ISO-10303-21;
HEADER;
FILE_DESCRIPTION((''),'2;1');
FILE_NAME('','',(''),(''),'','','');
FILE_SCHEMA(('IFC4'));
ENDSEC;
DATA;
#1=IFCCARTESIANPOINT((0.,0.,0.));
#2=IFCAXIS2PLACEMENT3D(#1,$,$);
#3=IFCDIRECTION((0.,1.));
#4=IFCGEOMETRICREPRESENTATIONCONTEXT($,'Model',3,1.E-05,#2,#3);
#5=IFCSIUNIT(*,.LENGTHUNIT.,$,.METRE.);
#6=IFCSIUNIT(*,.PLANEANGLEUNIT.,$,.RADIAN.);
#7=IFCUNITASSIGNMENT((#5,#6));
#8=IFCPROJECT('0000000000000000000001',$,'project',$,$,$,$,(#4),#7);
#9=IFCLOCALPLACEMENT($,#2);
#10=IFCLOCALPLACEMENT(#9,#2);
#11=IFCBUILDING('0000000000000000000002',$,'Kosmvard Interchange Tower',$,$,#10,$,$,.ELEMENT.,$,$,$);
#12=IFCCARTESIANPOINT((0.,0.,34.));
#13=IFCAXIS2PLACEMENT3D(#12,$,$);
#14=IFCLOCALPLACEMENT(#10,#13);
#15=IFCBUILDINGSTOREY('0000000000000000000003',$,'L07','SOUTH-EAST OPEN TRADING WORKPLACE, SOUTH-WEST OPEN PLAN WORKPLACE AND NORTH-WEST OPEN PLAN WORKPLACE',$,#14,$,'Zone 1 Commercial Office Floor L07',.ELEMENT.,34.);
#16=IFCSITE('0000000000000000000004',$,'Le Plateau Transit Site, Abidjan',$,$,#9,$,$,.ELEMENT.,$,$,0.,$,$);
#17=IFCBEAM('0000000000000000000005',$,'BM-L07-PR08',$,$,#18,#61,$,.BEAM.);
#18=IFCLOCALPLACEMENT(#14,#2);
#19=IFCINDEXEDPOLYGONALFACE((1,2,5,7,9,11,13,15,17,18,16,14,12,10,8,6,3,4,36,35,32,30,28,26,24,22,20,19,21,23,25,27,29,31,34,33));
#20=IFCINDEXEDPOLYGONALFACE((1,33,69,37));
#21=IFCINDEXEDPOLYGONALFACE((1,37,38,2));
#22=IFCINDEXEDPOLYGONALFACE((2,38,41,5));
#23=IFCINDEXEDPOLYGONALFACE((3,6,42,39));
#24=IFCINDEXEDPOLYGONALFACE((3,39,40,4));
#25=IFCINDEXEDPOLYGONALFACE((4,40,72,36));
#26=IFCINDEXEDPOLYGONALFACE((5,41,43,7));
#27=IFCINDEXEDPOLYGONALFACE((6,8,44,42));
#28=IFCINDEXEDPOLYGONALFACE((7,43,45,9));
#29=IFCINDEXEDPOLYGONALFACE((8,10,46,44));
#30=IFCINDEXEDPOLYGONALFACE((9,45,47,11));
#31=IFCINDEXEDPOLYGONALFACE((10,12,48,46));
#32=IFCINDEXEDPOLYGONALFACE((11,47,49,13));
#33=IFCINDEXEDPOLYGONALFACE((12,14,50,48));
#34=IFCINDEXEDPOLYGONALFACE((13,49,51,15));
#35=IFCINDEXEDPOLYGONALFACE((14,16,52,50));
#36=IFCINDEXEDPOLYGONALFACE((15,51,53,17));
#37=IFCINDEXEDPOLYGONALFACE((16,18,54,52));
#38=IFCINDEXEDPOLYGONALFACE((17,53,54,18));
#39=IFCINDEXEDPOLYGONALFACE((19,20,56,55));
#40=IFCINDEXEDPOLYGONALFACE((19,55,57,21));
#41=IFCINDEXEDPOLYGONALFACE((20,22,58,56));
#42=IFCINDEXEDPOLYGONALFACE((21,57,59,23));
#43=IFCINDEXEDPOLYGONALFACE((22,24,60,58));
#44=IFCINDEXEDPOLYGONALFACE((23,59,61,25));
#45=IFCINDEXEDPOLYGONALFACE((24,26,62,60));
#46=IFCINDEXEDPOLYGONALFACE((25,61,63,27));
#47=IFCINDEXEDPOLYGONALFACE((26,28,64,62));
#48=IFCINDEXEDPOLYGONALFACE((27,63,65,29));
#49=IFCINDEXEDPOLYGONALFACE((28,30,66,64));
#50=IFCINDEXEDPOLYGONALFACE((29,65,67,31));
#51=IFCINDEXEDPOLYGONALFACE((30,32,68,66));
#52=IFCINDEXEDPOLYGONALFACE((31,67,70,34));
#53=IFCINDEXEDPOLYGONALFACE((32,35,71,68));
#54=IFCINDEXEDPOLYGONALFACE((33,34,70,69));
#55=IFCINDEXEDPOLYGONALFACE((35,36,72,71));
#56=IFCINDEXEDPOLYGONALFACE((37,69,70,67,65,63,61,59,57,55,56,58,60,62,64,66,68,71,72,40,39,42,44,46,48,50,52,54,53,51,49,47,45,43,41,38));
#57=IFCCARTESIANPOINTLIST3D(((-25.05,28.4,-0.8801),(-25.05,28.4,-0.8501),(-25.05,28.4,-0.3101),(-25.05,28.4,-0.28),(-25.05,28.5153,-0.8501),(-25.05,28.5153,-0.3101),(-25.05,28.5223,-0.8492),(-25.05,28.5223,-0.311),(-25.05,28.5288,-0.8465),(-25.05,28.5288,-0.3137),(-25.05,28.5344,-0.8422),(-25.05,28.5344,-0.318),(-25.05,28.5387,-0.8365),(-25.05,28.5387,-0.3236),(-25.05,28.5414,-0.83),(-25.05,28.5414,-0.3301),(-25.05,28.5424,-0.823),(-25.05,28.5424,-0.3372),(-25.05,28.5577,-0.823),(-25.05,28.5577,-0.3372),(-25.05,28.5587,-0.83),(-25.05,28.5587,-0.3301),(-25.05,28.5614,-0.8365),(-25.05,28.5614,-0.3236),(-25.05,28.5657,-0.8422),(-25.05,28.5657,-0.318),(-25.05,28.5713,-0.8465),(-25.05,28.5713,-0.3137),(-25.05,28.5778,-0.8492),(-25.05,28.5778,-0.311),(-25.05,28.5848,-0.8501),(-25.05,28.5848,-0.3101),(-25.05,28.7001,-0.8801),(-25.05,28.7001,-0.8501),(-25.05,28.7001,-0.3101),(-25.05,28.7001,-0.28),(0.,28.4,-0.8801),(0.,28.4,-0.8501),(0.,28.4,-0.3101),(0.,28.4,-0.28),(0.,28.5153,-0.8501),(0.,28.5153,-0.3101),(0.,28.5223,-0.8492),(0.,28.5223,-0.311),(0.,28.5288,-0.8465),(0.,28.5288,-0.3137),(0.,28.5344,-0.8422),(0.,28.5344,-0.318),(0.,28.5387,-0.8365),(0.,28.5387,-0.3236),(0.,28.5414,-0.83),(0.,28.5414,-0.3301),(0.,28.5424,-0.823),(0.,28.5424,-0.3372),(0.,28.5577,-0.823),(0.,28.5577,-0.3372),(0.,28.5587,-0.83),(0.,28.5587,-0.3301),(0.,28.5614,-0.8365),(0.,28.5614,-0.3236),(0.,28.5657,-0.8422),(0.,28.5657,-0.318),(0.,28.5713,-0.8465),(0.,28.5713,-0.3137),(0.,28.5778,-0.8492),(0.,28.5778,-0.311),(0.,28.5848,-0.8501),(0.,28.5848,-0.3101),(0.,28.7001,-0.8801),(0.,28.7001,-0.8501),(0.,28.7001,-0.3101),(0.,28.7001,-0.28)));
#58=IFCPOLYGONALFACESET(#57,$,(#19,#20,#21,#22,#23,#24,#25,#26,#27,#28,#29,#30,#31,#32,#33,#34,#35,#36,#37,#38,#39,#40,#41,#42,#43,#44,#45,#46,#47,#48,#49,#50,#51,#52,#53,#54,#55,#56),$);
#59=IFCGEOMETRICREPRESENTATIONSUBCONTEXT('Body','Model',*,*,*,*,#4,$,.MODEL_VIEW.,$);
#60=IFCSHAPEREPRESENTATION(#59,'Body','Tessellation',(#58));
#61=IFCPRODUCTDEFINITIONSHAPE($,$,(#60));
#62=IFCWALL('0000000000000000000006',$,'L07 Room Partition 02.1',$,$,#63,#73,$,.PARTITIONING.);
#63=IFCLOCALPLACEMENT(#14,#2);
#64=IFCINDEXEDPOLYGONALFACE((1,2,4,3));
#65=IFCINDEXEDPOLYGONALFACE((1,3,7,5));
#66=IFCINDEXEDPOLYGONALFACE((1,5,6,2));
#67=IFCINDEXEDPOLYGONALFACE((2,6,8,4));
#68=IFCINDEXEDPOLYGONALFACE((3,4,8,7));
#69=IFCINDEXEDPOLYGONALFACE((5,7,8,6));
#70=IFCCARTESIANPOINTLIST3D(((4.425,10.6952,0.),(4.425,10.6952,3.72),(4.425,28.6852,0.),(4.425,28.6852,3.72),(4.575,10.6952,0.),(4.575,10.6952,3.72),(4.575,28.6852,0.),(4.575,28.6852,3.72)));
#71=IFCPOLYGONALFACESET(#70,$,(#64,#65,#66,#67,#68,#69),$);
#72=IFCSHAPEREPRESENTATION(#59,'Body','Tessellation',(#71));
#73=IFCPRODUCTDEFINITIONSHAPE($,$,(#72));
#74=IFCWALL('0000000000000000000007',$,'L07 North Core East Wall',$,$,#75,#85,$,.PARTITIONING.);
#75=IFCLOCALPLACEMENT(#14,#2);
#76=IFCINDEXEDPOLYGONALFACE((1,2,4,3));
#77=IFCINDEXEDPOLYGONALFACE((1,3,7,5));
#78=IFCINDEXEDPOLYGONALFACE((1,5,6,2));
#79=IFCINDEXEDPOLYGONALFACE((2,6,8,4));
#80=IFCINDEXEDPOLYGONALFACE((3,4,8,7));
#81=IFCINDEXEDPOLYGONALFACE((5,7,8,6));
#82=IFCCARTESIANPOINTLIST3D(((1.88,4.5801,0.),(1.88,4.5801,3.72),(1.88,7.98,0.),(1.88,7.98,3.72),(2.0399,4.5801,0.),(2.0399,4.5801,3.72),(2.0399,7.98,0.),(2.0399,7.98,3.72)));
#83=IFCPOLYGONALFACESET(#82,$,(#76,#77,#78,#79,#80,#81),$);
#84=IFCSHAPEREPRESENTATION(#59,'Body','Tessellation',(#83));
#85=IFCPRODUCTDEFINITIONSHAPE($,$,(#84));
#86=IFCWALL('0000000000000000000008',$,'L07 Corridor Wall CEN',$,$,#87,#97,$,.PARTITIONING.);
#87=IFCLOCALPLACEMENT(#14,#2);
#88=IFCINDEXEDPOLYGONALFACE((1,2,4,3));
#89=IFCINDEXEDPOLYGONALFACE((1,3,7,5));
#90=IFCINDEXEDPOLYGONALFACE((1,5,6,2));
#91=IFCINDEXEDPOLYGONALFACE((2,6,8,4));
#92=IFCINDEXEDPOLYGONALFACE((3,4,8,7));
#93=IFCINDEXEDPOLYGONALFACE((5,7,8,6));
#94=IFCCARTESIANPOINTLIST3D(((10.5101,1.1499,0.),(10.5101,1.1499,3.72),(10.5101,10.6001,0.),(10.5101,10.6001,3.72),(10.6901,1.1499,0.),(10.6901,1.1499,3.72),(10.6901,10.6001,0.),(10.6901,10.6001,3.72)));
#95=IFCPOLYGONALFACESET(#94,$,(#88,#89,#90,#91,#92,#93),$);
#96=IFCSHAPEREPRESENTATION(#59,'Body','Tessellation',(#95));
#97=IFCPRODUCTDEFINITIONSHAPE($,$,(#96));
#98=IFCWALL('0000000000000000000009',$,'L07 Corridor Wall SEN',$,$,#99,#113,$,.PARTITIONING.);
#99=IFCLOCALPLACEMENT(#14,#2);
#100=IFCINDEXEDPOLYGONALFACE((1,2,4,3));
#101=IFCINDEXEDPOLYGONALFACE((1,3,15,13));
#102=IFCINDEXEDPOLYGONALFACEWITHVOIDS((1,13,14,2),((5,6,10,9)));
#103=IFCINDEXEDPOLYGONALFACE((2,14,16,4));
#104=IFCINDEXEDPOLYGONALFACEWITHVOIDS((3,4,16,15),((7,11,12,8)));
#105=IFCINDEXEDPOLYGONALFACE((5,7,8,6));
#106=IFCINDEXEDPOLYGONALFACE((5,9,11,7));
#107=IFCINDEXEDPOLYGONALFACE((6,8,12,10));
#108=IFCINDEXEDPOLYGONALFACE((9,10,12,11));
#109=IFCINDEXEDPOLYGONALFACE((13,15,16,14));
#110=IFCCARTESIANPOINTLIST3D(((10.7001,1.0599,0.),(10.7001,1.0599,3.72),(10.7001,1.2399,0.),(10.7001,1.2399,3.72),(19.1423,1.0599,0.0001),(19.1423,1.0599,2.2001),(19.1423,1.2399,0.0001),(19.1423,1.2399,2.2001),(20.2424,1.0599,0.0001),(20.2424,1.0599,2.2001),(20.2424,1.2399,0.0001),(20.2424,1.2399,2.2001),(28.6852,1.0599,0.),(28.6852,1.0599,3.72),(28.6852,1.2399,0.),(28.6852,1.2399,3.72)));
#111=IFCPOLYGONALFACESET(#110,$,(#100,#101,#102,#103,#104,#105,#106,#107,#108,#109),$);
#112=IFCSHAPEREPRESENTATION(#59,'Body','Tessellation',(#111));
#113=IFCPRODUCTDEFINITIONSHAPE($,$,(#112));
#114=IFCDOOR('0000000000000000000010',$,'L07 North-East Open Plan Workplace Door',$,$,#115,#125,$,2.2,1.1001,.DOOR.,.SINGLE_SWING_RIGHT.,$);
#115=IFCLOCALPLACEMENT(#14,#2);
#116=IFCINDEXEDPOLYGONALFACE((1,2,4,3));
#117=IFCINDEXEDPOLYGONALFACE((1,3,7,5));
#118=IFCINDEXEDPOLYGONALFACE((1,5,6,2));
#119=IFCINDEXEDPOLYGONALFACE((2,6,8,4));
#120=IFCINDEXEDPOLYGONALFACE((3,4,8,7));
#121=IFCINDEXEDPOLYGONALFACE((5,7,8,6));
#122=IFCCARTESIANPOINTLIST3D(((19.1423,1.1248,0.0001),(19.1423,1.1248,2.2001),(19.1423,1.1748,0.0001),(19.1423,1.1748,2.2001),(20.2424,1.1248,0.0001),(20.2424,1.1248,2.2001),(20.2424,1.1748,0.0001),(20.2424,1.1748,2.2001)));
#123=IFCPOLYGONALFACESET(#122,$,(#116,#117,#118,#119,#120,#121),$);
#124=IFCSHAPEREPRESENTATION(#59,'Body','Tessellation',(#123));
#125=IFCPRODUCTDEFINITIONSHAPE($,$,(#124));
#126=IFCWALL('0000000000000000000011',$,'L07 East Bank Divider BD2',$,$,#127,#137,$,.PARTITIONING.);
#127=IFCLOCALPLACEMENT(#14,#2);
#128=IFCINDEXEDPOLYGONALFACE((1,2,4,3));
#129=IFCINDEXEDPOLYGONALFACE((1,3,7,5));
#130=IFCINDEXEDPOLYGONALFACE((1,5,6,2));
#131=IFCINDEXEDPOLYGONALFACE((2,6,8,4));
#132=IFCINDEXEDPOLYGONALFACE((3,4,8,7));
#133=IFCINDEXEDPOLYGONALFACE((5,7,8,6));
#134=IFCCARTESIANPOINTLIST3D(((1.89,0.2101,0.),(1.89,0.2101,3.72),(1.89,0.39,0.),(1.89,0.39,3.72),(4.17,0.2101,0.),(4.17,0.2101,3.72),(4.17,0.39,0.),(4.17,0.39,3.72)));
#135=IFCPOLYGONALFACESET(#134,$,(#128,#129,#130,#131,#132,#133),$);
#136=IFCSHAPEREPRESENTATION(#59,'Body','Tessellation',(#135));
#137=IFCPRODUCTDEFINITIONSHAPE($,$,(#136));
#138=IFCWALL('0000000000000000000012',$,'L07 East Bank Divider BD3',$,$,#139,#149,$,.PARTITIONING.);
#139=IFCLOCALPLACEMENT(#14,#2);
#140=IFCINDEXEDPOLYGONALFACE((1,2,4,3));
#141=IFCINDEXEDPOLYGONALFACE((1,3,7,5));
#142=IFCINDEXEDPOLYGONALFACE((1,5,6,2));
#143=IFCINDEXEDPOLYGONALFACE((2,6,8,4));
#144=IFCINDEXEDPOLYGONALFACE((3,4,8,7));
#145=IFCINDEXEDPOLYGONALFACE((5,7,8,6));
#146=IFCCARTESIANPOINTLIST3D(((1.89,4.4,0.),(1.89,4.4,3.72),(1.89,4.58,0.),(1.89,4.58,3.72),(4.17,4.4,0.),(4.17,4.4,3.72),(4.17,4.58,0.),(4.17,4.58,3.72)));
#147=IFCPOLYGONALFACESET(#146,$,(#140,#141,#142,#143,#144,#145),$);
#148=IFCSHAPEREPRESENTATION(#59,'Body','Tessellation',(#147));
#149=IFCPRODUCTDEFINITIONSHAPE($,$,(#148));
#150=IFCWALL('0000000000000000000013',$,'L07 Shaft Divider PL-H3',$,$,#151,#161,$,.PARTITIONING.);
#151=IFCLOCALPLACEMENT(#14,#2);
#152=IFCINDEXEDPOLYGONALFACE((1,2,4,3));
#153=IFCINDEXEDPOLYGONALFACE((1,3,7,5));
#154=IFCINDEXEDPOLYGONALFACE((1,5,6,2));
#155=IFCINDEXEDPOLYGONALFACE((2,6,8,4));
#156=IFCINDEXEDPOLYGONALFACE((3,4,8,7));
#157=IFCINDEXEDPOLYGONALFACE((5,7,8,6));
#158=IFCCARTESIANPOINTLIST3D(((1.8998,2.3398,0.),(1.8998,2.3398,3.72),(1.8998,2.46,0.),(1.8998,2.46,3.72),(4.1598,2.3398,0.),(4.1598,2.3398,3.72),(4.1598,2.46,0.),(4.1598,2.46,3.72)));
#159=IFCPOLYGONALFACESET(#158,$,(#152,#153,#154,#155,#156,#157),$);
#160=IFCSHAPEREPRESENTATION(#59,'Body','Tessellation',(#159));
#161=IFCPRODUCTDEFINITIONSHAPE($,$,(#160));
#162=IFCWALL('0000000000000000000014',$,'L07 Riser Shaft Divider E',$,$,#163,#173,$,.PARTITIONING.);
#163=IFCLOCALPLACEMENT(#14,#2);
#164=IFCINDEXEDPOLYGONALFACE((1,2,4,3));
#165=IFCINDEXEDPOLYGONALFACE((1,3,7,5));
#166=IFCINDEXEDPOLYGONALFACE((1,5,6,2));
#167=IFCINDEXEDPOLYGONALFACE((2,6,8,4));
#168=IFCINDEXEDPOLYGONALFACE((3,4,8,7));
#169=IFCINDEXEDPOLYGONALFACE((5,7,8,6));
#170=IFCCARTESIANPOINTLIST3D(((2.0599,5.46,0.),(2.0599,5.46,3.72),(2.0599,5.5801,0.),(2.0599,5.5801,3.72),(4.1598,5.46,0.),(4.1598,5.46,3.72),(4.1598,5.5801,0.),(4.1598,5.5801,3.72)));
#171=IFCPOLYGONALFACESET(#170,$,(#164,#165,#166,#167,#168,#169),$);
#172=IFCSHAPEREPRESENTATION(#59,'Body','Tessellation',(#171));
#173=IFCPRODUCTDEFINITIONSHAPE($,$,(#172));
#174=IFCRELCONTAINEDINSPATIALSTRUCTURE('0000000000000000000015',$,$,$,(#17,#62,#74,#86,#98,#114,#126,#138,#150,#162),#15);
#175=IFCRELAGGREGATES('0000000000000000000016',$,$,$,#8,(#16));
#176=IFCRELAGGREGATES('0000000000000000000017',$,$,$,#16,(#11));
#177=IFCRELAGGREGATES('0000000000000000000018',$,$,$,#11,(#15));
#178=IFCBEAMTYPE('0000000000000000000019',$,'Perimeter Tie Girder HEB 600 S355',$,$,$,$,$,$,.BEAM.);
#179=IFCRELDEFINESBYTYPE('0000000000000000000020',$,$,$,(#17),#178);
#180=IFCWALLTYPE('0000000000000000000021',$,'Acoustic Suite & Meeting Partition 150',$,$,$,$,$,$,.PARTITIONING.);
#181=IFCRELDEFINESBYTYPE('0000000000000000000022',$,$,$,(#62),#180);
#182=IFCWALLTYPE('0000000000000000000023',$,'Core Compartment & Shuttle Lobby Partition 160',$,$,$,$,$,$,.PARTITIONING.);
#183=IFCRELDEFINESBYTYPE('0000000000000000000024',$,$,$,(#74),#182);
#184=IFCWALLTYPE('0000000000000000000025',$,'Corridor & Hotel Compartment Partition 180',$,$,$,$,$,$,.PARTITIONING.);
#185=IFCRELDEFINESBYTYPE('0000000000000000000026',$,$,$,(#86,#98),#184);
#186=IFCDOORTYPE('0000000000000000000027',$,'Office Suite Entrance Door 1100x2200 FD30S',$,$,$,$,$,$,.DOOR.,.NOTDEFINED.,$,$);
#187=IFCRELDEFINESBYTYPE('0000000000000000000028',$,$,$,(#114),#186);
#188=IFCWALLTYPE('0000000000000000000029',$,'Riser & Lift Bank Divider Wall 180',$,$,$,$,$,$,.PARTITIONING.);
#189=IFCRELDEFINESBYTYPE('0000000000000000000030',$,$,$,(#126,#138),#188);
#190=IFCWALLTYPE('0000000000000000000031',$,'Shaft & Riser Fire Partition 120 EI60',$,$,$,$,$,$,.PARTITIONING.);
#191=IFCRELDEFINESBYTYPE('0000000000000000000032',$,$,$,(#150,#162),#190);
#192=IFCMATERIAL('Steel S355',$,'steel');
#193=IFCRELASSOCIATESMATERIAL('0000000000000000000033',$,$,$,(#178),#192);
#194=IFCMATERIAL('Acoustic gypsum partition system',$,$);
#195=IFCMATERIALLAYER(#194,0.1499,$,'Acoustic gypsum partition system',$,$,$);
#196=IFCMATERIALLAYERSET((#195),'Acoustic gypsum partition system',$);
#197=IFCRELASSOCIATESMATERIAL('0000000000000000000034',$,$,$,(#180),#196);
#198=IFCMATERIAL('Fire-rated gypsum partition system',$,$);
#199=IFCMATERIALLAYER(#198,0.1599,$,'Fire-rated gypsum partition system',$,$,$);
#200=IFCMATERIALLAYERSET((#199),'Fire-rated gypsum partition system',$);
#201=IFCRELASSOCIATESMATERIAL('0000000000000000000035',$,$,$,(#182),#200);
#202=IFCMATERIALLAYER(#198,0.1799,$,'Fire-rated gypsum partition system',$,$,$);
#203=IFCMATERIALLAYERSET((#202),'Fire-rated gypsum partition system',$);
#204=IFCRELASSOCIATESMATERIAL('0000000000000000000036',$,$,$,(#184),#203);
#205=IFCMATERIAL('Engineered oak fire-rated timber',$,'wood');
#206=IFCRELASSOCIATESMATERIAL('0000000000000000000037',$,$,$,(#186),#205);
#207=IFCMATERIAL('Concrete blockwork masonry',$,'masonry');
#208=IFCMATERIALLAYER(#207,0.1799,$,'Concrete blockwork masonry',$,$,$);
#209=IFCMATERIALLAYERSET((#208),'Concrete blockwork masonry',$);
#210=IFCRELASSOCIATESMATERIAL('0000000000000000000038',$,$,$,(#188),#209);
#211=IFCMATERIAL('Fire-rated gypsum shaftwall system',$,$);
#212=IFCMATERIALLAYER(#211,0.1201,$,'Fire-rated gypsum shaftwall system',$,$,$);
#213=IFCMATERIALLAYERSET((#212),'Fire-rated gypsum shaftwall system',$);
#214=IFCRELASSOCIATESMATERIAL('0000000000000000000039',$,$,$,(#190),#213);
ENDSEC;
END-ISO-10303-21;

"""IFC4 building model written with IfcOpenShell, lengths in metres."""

from ifc_helpers import new_model, si_unit, direction, frame, frame_2d, origin, origin_2d, place, context, subcontext, project, spatial, rectangle, i_section, extrude, source, transform, mapped, material, layer, layer_set, material_profile, profile_set, type_object, element, fill, save


model = new_model("IFC4")

# Units and contexts
model_context = context("Model", 3, precision=1e-05, world=origin(), true_north=direction((0.0, 1.0)))
body_context = subcontext(model_context, "Body", "Model", "MODEL_VIEW")
ifc_project = project(units=[si_unit("LENGTHUNIT", "METRE"), si_unit("PLANEANGLEUNIT", "RADIAN")], contexts=[model_context])

# Site, building, storey
site_placement = place(None, origin())
site = spatial("IfcSite", under=ifc_project, at=site_placement, Name="Le Plateau Transit Site, Abidjan", CompositionType="ELEMENT", RefElevation=0.0)
building_placement = place(site_placement, origin())
building = spatial("IfcBuilding", under=site, at=building_placement, Name="Kosmvard Interchange Tower", CompositionType="ELEMENT")
storey_placement = place(building_placement, frame((0.0, 0.0, 34.0)))
storey = spatial("IfcBuildingStorey", under=building, at=storey_placement, Name="L07", Description="SOUTH-EAST OPEN TRADING WORKPLACE, SOUTH-WEST OPEN PLAN WORKPLACE AND NORTH-WEST OPEN PLAN WORKPLACE", LongName="Zone 1 Commercial Office Floor L07", CompositionType="ELEMENT", Elevation=34.0)

# Beam
ifc_material_1 = material(Name="Steel S355", Category="steel")
ifc_material_profile_1 = material_profile(ifc_material_1, i_section(OverallWidth=0.3, OverallDepth=0.6001, WebThickness=0.0154, FlangeThickness=0.03, FilletRadius=0.0271, at=origin_2d()), Name="HEB 600")
ifc_profile_set_1 = profile_set([ifc_material_profile_1], Name="Steel S355")
beam_type_1 = type_object("IfcBeamType", Name="Perimeter Tie Girder HEB 600 S355", PredefinedType="BEAM", material=ifc_profile_set_1)
shared_shape_1 = source(origin(), body_context, "Body", "SweptSolid", [
    extrude(i_section(OverallWidth=0.3, OverallDepth=0.6001, WebThickness=0.0154, FlangeThickness=0.03, FilletRadius=0.0271, at=origin_2d()), origin(), (0.0, 0.0, 1.0), 25.05),
])
beam_1_placement = place(storey_placement, frame((0.0, 28.55, -0.5801), z_axis=(-1.0, 0.0, 0.0), x_axis=(0.0, -1.0, 0.0)))
element("IfcBeam", 1, at=beam_1_placement, inside=storey, type_object=beam_type_1, Name="BM-L07-PR08", PredefinedType="BEAM", context=body_context, shape_type="MappedRepresentation", body=[
    mapped(shared_shape_1, transform((0.0, 0.0, 0.0), scale=1.0)),
])

# Walls
ifc_material_2 = material(Name="Acoustic gypsum partition system")
ifc_layer_1 = layer(ifc_material_2, 0.1499, Name="Acoustic gypsum partition system")
ifc_layer_set_1 = layer_set([ifc_layer_1], Name="Acoustic gypsum partition system")
wall_type_1 = type_object("IfcWallType", Name="Acoustic Suite & Meeting Partition 150", PredefinedType="PARTITIONING", material=ifc_layer_set_1)
wall_1_placement = place(storey_placement, frame((4.5, 10.6951, 0.0), z_axis=(0.0, 0.0, 1.0), x_axis=(0.0, 1.0, 0.0)))
element("IfcWall", 2, at=wall_1_placement, inside=storey, type_object=wall_type_1, Name="L07 Room Partition 02.1", PredefinedType="PARTITIONING", context=body_context, shape_type="SweptSolid", body=[
    extrude(rectangle(XDim=17.99, YDim=0.1499, at=frame_2d((8.9951, 0.0))), origin(), (0.0, 0.0, 1.0), 3.72),
])
ifc_material_3 = material(Name="Fire-rated gypsum partition system")
ifc_layer_2 = layer(ifc_material_3, 0.1599, Name="Fire-rated gypsum partition system")
ifc_layer_set_2 = layer_set([ifc_layer_2], Name="Fire-rated gypsum partition system")
wall_type_2 = type_object("IfcWallType", Name="Core Compartment & Shuttle Lobby Partition 160", PredefinedType="PARTITIONING", material=ifc_layer_set_2)
wall_2_placement = place(storey_placement, frame((1.96, 4.5801, 0.0), z_axis=(0.0, 0.0, 1.0), x_axis=(0.0, 1.0, 0.0)))
element("IfcWall", 3, at=wall_2_placement, inside=storey, type_object=wall_type_2, Name="L07 North Core East Wall", PredefinedType="PARTITIONING", context=body_context, shape_type="SweptSolid", body=[
    extrude(rectangle(XDim=3.3999, YDim=0.1599, at=frame_2d((1.7, 0.0))), origin(), (0.0, 0.0, 1.0), 3.72),
])
ifc_layer_3 = layer(ifc_material_3, 0.1799, Name="Fire-rated gypsum partition system")
ifc_layer_set_3 = layer_set([ifc_layer_3], Name="Fire-rated gypsum partition system")
wall_type_3 = type_object("IfcWallType", Name="Corridor & Hotel Compartment Partition 180", PredefinedType="PARTITIONING", material=ifc_layer_set_3)
wall_3_placement = place(storey_placement, frame((10.6001, 1.1499, 0.0), z_axis=(0.0, 0.0, 1.0), x_axis=(0.0, 1.0, 0.0)))
element("IfcWall", 4, at=wall_3_placement, inside=storey, type_object=wall_type_3, Name="L07 Corridor Wall CEN", PredefinedType="PARTITIONING", context=body_context, shape_type="SweptSolid", body=[
    extrude(rectangle(XDim=9.4502, YDim=0.1799, at=frame_2d((4.7251, 0.0))), origin(), (0.0, 0.0, 1.0), 3.72),
])

# Wall, opening, door
wall_4_placement = place(storey_placement, frame((10.7, 1.1499, 0.0), z_axis=(0.0, 0.0, 1.0), x_axis=(1.0, 0.0, 0.0)))
wall_4 = element("IfcWall", 5, at=wall_4_placement, inside=storey, type_object=wall_type_3, Name="L07 Corridor Wall SEN", PredefinedType="PARTITIONING", context=body_context, shape_type="SweptSolid", body=[
    extrude(rectangle(XDim=17.9851, YDim=0.1799, at=frame_2d((8.9927, 0.0))), origin(), (0.0, 0.0, 1.0), 3.72),
])
opening_placement = place(wall_4_placement, frame((8.4424, 0.0, 0.0)))
opening = element("IfcOpeningElement", 6, at=opening_placement, cuts=wall_4, PredefinedType="OPENING", context=body_context, shape_type="SweptSolid", body=[
    extrude(rectangle(XDim=1.1001, YDim=2.2, at=frame_2d((0.55, 1.1001))), frame((0.0, 0.1001, 0.0), z_axis=(0.0, -1.0, 0.0), x_axis=(1.0, 0.0, 0.0)), (0.0, 0.0, 1.0), 0.2),
])
ifc_material_4 = material(Name="Engineered oak fire-rated timber", Category="wood")
door_type = type_object("IfcDoorType", Name="Office Suite Entrance Door 1100x2200 FD30S", OperationType="NOTDEFINED", PredefinedType="DOOR", material=ifc_material_4)
shared_shape_2 = source(origin(), body_context, "Body", "SweptSolid", [
    extrude(rectangle(XDim=1.1001, YDim=2.2, at=frame_2d((0.55, 1.1001))), frame((0.0, 0.0249, 0.0), z_axis=(0.0, -1.0, 0.0), x_axis=(1.0, 0.0, 0.0)), (0.0, 0.0, 1.0), 0.05),
])
door_placement = place(opening_placement, origin())
door = element("IfcDoor", 7, at=door_placement, inside=storey, type_object=door_type, Name="L07 North-East Open Plan Workplace Door", OperationType="SINGLE_SWING_RIGHT", OverallHeight=2.2, OverallWidth=1.1001, PredefinedType="DOOR", context=body_context, shape_type="MappedRepresentation", body=[
    mapped(shared_shape_2, transform((0.0, 0.0, 0.0), scale=1.0)),
])
fill(opening, door)

# Walls
ifc_material_5 = material(Name="Concrete blockwork masonry", Category="masonry")
ifc_layer_4 = layer(ifc_material_5, 0.1799, Name="Concrete blockwork masonry")
ifc_layer_set_4 = layer_set([ifc_layer_4], Name="Concrete blockwork masonry")
wall_type_4 = type_object("IfcWallType", Name="Riser & Lift Bank Divider Wall 180", PredefinedType="PARTITIONING", material=ifc_layer_set_4)
for number, where, z_axis, x_axis, name in (
    (8, (1.8899, 0.3, 0.0), (0.0, 0.0, 1.0), (1.0, 0.0, 0.0), "L07 East Bank Divider BD2"),
    (9, (1.8899, 4.49, 0.0), (0.0, 0.0, 1.0), (1.0, 0.0, 0.0), "L07 East Bank Divider BD3"),
):
    element("IfcWall", number, at=place(storey_placement, frame(where, z_axis=z_axis, x_axis=x_axis)), inside=storey, type_object=wall_type_4, Name=name, PredefinedType="PARTITIONING", context=body_context, shape_type="SweptSolid", body=[
        extrude(rectangle(XDim=2.28, YDim=0.1799, at=frame_2d((1.1401, 0.0))), origin(), (0.0, 0.0, 1.0), 3.72),
    ])
ifc_material_6 = material(Name="Fire-rated gypsum shaftwall system")
ifc_layer_5 = layer(ifc_material_6, 0.1201, Name="Fire-rated gypsum shaftwall system")
ifc_layer_set_5 = layer_set([ifc_layer_5], Name="Fire-rated gypsum shaftwall system")
wall_type_5 = type_object("IfcWallType", Name="Shaft & Riser Fire Partition 120 EI60", PredefinedType="PARTITIONING", material=ifc_layer_set_5)
wall_5_placement = place(storey_placement, frame((1.8999, 2.3999, 0.0), z_axis=(0.0, 0.0, 1.0), x_axis=(1.0, 0.0, 0.0)))
element("IfcWall", 10, at=wall_5_placement, inside=storey, type_object=wall_type_5, Name="L07 Shaft Divider PL-H3", PredefinedType="PARTITIONING", context=body_context, shape_type="SweptSolid", body=[
    extrude(rectangle(XDim=2.26, YDim=0.1201, at=frame_2d((1.1299, 0.0))), origin(), (0.0, 0.0, 1.0), 3.72),
])
wall_6_placement = place(storey_placement, frame((2.0601, 5.52, 0.0), z_axis=(0.0, 0.0, 1.0), x_axis=(1.0, 0.0, 0.0)))
element("IfcWall", 11, at=wall_6_placement, inside=storey, type_object=wall_type_5, Name="L07 Riser Shaft Divider E", PredefinedType="PARTITIONING", context=body_context, shape_type="SweptSolid", body=[
    extrude(rectangle(XDim=2.0999, YDim=0.1201, at=frame_2d((1.0498, 0.0))), origin(), (0.0, 0.0, 1.0), 3.72),
])

save(model, "model.ifc")
